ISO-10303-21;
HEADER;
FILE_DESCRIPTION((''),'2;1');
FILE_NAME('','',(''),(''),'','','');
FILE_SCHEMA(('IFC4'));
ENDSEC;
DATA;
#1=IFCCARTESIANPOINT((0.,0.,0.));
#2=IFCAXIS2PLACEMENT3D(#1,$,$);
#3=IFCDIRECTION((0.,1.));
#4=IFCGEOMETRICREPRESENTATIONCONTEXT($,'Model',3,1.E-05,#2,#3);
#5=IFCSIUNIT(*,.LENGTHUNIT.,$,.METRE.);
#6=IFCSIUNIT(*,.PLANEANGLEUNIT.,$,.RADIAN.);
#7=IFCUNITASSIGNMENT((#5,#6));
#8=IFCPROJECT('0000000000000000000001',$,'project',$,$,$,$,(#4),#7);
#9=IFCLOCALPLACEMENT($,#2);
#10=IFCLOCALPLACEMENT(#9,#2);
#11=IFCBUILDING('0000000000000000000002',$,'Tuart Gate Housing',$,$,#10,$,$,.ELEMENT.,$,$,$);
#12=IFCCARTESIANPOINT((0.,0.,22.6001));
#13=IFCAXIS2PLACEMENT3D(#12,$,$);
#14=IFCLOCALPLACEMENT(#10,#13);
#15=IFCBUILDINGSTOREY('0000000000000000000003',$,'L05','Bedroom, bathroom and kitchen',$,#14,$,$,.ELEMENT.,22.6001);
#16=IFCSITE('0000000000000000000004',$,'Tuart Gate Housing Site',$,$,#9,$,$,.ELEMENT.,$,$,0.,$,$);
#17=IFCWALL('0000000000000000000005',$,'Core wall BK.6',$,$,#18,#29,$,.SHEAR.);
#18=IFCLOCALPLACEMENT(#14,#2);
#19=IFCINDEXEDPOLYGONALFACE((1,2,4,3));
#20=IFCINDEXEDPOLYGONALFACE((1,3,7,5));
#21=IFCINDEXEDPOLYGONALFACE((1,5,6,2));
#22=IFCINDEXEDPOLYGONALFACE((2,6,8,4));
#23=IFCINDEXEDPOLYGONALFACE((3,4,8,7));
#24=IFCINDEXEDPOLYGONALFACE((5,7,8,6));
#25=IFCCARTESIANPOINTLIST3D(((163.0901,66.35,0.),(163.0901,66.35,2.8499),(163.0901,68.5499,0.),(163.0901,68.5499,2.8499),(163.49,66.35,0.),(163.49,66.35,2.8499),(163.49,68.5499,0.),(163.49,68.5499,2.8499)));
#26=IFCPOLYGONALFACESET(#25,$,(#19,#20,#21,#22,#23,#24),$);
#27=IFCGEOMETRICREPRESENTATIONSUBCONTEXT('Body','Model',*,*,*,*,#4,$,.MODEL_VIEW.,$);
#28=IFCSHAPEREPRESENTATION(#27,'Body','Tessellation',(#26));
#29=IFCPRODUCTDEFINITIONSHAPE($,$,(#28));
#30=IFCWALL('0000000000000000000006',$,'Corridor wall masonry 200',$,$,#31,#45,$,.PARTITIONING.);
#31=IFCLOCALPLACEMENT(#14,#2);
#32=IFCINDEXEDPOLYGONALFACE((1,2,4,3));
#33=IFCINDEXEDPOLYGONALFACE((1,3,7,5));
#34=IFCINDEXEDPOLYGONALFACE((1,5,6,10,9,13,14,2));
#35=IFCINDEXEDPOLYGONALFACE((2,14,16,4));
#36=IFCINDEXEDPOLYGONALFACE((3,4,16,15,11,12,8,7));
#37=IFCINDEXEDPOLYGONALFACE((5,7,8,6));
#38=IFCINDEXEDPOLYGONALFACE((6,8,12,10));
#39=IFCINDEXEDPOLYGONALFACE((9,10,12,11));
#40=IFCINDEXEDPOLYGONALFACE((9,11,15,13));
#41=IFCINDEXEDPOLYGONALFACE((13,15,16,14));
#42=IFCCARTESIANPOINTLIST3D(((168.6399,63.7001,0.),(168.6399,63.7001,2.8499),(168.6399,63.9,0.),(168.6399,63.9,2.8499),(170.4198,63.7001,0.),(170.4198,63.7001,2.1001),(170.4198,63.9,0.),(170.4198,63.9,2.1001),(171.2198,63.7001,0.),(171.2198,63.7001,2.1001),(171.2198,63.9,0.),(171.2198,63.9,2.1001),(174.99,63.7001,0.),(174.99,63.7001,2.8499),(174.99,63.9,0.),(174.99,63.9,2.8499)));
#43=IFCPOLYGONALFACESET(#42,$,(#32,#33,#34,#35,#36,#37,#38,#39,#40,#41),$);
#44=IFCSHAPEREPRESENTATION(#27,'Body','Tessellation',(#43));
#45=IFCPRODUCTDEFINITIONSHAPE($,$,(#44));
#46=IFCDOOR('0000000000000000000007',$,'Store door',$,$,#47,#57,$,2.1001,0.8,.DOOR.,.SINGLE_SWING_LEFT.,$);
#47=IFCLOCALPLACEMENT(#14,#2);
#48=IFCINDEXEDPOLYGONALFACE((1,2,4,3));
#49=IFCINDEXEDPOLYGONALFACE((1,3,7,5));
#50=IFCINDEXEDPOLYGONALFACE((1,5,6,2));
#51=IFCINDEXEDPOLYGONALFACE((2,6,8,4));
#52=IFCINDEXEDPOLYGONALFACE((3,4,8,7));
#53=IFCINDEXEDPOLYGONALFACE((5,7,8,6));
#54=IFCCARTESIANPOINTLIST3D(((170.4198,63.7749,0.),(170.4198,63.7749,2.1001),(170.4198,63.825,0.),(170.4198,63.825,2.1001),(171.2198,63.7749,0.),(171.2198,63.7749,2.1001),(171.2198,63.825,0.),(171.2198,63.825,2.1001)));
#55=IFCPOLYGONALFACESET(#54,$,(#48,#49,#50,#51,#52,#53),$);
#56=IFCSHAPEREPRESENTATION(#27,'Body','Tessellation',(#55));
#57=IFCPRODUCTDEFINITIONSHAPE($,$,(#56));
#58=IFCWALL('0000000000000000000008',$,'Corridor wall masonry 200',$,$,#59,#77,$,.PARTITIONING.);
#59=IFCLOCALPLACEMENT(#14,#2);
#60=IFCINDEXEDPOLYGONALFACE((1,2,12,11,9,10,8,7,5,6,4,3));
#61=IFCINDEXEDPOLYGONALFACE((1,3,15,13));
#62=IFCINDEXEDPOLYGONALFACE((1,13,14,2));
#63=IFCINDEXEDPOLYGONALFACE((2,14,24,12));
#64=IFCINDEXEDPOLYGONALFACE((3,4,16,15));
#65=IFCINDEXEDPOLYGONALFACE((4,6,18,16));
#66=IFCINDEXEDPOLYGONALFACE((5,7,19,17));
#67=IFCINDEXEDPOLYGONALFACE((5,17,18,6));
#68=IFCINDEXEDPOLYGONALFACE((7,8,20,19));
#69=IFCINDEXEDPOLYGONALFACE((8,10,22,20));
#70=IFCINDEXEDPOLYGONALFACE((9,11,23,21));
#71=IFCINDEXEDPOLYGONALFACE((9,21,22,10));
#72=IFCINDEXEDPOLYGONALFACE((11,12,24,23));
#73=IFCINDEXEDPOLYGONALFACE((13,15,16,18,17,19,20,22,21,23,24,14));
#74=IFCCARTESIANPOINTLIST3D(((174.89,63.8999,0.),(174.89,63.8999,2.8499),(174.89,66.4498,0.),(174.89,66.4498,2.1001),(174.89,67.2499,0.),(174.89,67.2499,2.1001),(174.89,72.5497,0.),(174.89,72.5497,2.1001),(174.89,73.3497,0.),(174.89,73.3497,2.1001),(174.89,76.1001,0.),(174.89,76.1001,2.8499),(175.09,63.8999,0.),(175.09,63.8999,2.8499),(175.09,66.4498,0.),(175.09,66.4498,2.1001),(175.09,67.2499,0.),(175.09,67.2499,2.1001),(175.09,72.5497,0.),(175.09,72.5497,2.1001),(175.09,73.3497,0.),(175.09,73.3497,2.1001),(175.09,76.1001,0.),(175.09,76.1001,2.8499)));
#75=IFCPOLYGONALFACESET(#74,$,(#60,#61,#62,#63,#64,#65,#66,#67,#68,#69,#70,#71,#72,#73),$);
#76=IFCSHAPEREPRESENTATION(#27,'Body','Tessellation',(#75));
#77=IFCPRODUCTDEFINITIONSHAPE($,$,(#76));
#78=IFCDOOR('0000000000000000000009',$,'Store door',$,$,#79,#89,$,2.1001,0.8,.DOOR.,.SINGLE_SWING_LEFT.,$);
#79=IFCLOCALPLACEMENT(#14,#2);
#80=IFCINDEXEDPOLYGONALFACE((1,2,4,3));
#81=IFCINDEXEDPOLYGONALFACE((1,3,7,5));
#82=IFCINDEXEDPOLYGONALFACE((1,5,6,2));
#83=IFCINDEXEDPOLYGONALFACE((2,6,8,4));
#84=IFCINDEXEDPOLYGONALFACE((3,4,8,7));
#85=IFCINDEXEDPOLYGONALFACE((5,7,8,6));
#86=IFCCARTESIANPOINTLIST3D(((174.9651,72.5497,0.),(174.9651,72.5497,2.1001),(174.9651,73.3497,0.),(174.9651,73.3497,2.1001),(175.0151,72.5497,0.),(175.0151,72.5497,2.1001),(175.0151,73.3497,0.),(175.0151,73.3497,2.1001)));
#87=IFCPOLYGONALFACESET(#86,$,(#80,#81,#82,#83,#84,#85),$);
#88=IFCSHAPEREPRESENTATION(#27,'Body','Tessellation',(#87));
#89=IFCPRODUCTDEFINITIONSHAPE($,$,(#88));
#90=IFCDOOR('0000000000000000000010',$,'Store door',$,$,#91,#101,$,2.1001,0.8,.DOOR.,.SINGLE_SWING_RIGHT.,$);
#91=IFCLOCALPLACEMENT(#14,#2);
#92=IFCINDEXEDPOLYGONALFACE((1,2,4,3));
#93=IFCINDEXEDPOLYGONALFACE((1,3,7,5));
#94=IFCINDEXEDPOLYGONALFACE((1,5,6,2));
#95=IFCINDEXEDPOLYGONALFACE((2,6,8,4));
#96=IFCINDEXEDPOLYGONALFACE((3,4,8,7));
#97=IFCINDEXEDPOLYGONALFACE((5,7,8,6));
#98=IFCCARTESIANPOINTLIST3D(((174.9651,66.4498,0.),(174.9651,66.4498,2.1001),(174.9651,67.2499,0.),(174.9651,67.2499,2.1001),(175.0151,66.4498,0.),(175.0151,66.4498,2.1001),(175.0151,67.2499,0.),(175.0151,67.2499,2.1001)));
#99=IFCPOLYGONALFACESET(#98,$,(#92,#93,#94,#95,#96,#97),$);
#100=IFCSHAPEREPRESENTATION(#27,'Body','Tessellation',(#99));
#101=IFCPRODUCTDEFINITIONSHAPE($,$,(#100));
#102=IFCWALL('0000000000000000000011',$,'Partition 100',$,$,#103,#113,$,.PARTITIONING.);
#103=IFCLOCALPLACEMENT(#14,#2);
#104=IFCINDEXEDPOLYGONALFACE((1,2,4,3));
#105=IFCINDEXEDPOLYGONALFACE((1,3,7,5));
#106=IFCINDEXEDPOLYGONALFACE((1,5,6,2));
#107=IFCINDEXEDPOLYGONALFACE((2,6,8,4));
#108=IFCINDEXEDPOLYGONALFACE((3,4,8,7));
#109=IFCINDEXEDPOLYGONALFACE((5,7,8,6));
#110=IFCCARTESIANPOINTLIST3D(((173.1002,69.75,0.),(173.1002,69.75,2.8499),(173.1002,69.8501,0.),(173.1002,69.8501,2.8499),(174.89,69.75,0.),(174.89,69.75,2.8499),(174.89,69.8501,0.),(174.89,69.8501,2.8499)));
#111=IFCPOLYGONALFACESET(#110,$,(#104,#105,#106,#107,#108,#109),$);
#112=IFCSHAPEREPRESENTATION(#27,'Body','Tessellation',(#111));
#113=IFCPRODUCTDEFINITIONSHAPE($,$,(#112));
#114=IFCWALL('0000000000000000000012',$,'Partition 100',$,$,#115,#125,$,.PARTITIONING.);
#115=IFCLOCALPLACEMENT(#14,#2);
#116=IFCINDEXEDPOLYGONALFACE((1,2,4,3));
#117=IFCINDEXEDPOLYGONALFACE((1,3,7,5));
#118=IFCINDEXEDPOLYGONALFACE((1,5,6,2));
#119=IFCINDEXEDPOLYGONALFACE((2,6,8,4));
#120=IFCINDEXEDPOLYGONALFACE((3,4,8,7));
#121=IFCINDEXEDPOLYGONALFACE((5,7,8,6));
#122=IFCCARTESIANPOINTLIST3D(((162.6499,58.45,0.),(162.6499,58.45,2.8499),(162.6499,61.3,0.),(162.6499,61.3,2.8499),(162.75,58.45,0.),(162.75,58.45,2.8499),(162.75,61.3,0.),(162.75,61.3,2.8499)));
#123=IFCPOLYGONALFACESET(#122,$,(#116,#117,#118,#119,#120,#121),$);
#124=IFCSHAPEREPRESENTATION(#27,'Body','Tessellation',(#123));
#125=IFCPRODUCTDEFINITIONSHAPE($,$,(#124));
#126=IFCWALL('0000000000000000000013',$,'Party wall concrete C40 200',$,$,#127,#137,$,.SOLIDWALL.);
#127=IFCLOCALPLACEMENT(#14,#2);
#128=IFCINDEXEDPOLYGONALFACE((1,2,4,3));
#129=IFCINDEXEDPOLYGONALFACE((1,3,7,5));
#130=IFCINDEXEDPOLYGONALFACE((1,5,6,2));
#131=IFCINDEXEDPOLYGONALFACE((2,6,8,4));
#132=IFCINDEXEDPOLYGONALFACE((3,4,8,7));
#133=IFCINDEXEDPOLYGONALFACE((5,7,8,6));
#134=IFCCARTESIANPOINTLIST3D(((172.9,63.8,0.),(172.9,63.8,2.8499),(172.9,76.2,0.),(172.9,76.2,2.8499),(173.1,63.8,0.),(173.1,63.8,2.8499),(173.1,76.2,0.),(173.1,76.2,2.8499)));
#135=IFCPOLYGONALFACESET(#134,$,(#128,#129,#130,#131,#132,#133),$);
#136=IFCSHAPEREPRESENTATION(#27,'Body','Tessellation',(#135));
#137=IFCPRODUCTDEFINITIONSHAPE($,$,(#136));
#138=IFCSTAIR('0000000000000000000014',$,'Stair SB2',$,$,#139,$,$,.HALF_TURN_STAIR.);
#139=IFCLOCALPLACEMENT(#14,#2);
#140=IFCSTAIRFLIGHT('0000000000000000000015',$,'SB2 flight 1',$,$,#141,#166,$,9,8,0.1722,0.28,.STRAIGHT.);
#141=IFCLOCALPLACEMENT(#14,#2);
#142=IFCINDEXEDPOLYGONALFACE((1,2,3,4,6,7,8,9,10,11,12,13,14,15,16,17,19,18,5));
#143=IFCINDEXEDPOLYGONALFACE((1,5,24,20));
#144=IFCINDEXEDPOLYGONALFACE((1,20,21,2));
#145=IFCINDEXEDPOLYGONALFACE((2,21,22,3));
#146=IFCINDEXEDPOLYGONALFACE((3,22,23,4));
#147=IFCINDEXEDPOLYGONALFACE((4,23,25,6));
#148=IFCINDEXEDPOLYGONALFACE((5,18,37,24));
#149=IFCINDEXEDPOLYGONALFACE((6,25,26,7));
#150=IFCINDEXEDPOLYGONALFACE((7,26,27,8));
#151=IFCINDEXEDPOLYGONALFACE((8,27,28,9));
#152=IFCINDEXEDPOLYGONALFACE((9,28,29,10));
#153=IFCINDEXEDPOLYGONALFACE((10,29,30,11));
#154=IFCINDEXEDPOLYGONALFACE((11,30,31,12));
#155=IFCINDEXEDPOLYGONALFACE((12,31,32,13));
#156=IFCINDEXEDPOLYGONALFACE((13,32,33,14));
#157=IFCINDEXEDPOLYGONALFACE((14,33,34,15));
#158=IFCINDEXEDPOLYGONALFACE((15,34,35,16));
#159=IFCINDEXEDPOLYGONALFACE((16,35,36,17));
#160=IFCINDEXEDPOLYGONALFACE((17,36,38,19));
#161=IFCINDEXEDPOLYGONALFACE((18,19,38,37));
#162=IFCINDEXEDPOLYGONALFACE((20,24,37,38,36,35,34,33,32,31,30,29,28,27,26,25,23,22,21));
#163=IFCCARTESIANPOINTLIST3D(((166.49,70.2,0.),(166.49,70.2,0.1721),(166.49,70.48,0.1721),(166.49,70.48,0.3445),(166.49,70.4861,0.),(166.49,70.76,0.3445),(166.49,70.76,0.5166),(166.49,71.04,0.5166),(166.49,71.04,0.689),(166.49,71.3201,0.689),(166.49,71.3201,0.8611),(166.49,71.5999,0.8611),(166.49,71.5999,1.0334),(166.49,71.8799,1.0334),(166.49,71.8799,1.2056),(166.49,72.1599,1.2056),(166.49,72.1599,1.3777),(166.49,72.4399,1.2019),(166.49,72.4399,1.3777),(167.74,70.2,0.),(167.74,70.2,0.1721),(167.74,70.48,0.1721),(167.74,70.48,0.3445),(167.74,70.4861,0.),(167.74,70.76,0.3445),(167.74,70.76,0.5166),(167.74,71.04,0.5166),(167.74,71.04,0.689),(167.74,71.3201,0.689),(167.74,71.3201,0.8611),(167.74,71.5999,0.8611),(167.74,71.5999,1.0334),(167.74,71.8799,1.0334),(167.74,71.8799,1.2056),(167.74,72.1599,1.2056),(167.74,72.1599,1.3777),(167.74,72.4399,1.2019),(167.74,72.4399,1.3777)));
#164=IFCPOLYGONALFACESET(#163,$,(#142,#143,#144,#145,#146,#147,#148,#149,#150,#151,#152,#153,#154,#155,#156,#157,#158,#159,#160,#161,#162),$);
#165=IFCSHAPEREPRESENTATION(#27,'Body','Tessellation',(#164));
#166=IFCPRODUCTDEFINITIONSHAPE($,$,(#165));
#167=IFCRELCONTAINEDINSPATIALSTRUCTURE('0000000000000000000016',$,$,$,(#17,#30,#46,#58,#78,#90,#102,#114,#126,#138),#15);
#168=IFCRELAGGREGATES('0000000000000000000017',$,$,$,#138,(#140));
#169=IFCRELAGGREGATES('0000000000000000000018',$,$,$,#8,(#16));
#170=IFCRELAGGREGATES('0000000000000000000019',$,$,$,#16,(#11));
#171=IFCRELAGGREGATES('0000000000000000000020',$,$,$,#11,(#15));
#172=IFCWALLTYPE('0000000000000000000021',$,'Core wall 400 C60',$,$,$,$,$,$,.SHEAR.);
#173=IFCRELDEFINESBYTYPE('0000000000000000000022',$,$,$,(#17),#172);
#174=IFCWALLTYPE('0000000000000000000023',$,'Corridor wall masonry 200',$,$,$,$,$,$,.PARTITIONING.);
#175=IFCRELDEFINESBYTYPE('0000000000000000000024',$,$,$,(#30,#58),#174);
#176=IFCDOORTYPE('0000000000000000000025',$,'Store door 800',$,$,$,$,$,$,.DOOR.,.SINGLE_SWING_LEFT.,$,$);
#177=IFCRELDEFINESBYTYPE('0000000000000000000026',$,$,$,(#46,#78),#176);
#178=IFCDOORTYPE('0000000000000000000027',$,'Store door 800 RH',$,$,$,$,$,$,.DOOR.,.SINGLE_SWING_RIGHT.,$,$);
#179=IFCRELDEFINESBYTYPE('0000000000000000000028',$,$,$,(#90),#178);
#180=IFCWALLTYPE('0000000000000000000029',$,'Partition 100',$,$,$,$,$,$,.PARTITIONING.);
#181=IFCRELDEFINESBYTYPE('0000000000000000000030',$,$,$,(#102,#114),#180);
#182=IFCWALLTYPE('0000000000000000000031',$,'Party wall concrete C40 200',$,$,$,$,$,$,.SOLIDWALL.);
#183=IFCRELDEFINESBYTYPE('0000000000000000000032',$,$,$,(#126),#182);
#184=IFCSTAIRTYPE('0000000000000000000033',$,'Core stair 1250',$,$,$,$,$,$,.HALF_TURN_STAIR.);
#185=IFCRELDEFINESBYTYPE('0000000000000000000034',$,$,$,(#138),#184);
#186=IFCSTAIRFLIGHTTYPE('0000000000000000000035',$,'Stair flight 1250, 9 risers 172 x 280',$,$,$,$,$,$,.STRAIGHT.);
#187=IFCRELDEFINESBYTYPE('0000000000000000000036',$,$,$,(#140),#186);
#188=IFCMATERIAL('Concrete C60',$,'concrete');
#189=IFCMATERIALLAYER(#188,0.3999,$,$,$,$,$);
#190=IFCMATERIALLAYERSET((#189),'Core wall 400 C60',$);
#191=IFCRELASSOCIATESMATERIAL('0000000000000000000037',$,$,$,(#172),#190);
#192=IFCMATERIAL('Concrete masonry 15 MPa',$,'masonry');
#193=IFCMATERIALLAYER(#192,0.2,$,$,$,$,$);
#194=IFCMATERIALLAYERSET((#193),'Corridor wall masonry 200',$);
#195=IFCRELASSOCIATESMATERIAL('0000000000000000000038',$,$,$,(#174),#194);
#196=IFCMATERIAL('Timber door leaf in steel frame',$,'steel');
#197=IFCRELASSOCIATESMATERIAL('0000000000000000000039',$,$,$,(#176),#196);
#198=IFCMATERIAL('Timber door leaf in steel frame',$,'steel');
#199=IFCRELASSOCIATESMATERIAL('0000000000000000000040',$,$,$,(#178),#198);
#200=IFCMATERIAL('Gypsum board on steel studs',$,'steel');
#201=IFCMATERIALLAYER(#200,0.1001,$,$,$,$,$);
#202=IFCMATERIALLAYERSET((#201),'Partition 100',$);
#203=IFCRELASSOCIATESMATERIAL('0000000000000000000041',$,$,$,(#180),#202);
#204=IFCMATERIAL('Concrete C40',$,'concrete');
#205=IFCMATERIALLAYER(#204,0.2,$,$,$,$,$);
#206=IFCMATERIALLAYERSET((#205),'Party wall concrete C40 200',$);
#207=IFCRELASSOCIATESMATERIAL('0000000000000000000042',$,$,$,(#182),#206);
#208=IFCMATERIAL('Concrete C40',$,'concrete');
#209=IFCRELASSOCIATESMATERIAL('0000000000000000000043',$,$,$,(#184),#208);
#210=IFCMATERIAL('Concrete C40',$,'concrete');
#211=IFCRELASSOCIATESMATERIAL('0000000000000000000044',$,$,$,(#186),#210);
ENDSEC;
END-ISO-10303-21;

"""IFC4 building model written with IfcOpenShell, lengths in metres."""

from ifc_helpers import new_model, si_unit, direction, frame, frame_2d, origin, place, context, subcontext, project, spatial, polyline, rectangle, outline, extrude, material, layer, layer_set, type_object, element, fill, aggregate, save


model = new_model("IFC4")

# Units and contexts
model_context = context("Model", 3, precision=1e-05, world=origin(), true_north=direction((0.0, 1.0)))
body_context = subcontext(model_context, "Body", "Model", "MODEL_VIEW")
ifc_project = project(units=[si_unit("LENGTHUNIT", "METRE"), si_unit("PLANEANGLEUNIT", "RADIAN")], contexts=[model_context])

# Site, building, storey
site_placement = place(None, origin())
site = spatial("IfcSite", under=ifc_project, at=site_placement, Name="Tuart Gate Housing Site", CompositionType="ELEMENT", RefElevation=0.0)
building_placement = place(site_placement, origin())
building = spatial("IfcBuilding", under=site, at=building_placement, Name="Tuart Gate Housing", CompositionType="ELEMENT")
storey_placement = place(building_placement, frame((0.0, 0.0, 22.6001)))
storey = spatial("IfcBuildingStorey", under=building, at=storey_placement, Name="L05", Description="Bedroom, bathroom and kitchen", CompositionType="ELEMENT", Elevation=22.6001)

# Wall
ifc_material_1 = material(Name="Concrete C60", Category="concrete")
ifc_layer_1 = layer(ifc_material_1, 0.3999)
ifc_layer_set_1 = layer_set([ifc_layer_1], Name="Core wall 400 C60")
wall_type_1 = type_object("IfcWallType", Name="Core wall 400 C60", PredefinedType="SHEAR", material=ifc_layer_set_1)
wall_1_placement = place(storey_placement, frame((163.29, 68.55, 0.0), z_axis=(0.0, 0.0, 1.0), x_axis=(0.0, -1.0, 0.0)))
element("IfcWall", 1, at=wall_1_placement, inside=storey, type_object=wall_type_1, Name="Core wall BK.6", PredefinedType="SHEAR", context=body_context, shape_type="SweptSolid", body=[
    extrude(rectangle(XDim=2.2, YDim=0.3999, at=frame_2d((1.1001, 0.0))), origin(), (0.0, 0.0, 1.0), 2.8499),
])

# Wall, opening, door
ifc_material_2 = material(Name="Concrete masonry 15 MPa", Category="masonry")
ifc_layer_2 = layer(ifc_material_2, 0.2)
ifc_layer_set_2 = layer_set([ifc_layer_2], Name="Corridor wall masonry 200")
wall_type_2 = type_object("IfcWallType", Name="Corridor wall masonry 200", PredefinedType="PARTITIONING", material=ifc_layer_set_2)
wall_2_placement = place(storey_placement, frame((168.6399, 63.8, 0.0), z_axis=(0.0, 0.0, 1.0), x_axis=(1.0, 0.0, 0.0)))
wall_2 = element("IfcWall", 2, at=wall_2_placement, inside=storey, type_object=wall_type_2, Name="Corridor wall masonry 200", PredefinedType="PARTITIONING", context=body_context, shape_type="SweptSolid", body=[
    extrude(rectangle(XDim=6.3501, YDim=0.2, at=frame_2d((3.175, 0.0))), origin(), (0.0, 0.0, 1.0), 2.8499),
])
opening_1_placement = place(wall_2_placement, frame((1.78, 0.0, 0.0)))
opening_1 = element("IfcOpeningElement", 3, at=opening_1_placement, cuts=wall_2, PredefinedType="OPENING", context=body_context, shape_type="SweptSolid", body=[
    extrude(rectangle(XDim=0.8, YDim=2.1001, at=frame_2d((0.3999, 1.05))), frame((0.0, 0.1099, 0.0), z_axis=(0.0, -1.0, 0.0), x_axis=(1.0, 0.0, 0.0)), (0.0, 0.0, 1.0), 0.22),
])
ifc_material_3 = material(Name="Timber door leaf in steel frame", Category="steel")
door_type_1 = type_object("IfcDoorType", Name="Store door 800", OperationType="SINGLE_SWING_LEFT", PredefinedType="DOOR", material=ifc_material_3)
door_1_placement = place(opening_1_placement, origin())
door_1 = element("IfcDoor", 4, at=door_1_placement, inside=storey, type_object=door_type_1, Name="Store door", OperationType="SINGLE_SWING_LEFT", OverallHeight=2.1001, OverallWidth=0.8, PredefinedType="DOOR", context=body_context, shape_type="SweptSolid", body=[
    extrude(rectangle(XDim=0.8, YDim=2.1001, at=frame_2d((0.3999, 1.05))), frame((0.0, 0.0249, 0.0), z_axis=(0.0, -1.0, 0.0), x_axis=(1.0, 0.0, 0.0)), (0.0, 0.0, 1.0), 0.05),
])
fill(opening_1, door_1)

# Wall, openings, doors
wall_3_placement = place(storey_placement, frame((174.99, 63.8999, 0.0), z_axis=(0.0, 0.0, 1.0), x_axis=(0.0, 1.0, 0.0)))
wall_3 = element("IfcWall", 5, at=wall_3_placement, inside=storey, type_object=wall_type_2, Name="Corridor wall masonry 200", PredefinedType="PARTITIONING", context=body_context, shape_type="SweptSolid", body=[
    extrude(rectangle(XDim=12.2002, YDim=0.2, at=frame_2d((6.1001, 0.0))), origin(), (0.0, 0.0, 1.0), 2.8499),
])
opening_2_placement = place(wall_3_placement, frame((2.55, 0.0, 0.0)))
opening_2 = element("IfcOpeningElement", 6, at=opening_2_placement, cuts=wall_3, PredefinedType="OPENING", context=body_context, shape_type="SweptSolid", body=[
    extrude(rectangle(XDim=0.8, YDim=2.1001, at=frame_2d((0.3999, 1.05))), frame((0.0, 0.1099, 0.0), z_axis=(0.0, -1.0, 0.0), x_axis=(1.0, 0.0, 0.0)), (0.0, 0.0, 1.0), 0.22),
])
opening_3_placement = place(wall_3_placement, frame((8.6499, 0.0, 0.0)))
opening_3 = element("IfcOpeningElement", 7, at=opening_3_placement, cuts=wall_3, PredefinedType="OPENING", context=body_context, shape_type="SweptSolid", body=[
    extrude(rectangle(XDim=0.8, YDim=2.1001, at=frame_2d((0.3999, 1.05))), frame((0.0, 0.1099, 0.0), z_axis=(0.0, -1.0, 0.0), x_axis=(1.0, 0.0, 0.0)), (0.0, 0.0, 1.0), 0.22),
])
door_2_placement = place(opening_3_placement, origin())
door_2 = element("IfcDoor", 8, at=door_2_placement, inside=storey, type_object=door_type_1, Name="Store door", OperationType="SINGLE_SWING_LEFT", OverallHeight=2.1001, OverallWidth=0.8, PredefinedType="DOOR", context=body_context, shape_type="SweptSolid", body=[
    extrude(rectangle(XDim=0.8, YDim=2.1001, at=frame_2d((0.3999, 1.05))), frame((0.0, 0.0249, 0.0), z_axis=(0.0, -1.0, 0.0), x_axis=(1.0, 0.0, 0.0)), (0.0, 0.0, 1.0), 0.05),
])
fill(opening_3, door_2)
ifc_material_4 = material(Name="Timber door leaf in steel frame", Category="steel")
door_type_2 = type_object("IfcDoorType", Name="Store door 800 RH", OperationType="SINGLE_SWING_RIGHT", PredefinedType="DOOR", material=ifc_material_4)
door_3_placement = place(opening_2_placement, origin())
door_3 = element("IfcDoor", 9, at=door_3_placement, inside=storey, type_object=door_type_2, Name="Store door", OperationType="SINGLE_SWING_RIGHT", OverallHeight=2.1001, OverallWidth=0.8, PredefinedType="DOOR", context=body_context, shape_type="SweptSolid", body=[
    extrude(rectangle(XDim=0.8, YDim=2.1001, at=frame_2d((0.3999, 1.05))), frame((0.0, 0.0249, 0.0), z_axis=(0.0, -1.0, 0.0), x_axis=(1.0, 0.0, 0.0)), (0.0, 0.0, 1.0), 0.05),
])
fill(opening_2, door_3)

# Walls
ifc_material_5 = material(Name="Gypsum board on steel studs", Category="steel")
ifc_layer_3 = layer(ifc_material_5, 0.1001)
ifc_layer_set_3 = layer_set([ifc_layer_3], Name="Partition 100")
wall_type_3 = type_object("IfcWallType", Name="Partition 100", PredefinedType="PARTITIONING", material=ifc_layer_set_3)
wall_4_placement = place(storey_placement, frame((173.1001, 69.8, 0.0), z_axis=(0.0, 0.0, 1.0), x_axis=(1.0, 0.0, 0.0)))
element("IfcWall", 10, at=wall_4_placement, inside=storey, type_object=wall_type_3, Name="Partition 100", PredefinedType="PARTITIONING", context=body_context, shape_type="SweptSolid", body=[
    extrude(rectangle(XDim=1.7898, YDim=0.1001, at=frame_2d((0.895, 0.0))), origin(), (0.0, 0.0, 1.0), 2.8499),
])
wall_5_placement = place(storey_placement, frame((162.7, 58.45, 0.0), z_axis=(0.0, 0.0, 1.0), x_axis=(0.0, 1.0, 0.0)))
element("IfcWall", 11, at=wall_5_placement, inside=storey, type_object=wall_type_3, Name="Partition 100", PredefinedType="PARTITIONING", context=body_context, shape_type="SweptSolid", body=[
    extrude(rectangle(XDim=2.8501, YDim=0.1001, at=frame_2d((1.425, 0.0))), origin(), (0.0, 0.0, 1.0), 2.8499),
])
ifc_material_6 = material(Name="Concrete C40", Category="concrete")
ifc_layer_4 = layer(ifc_material_6, 0.2)
ifc_layer_set_4 = layer_set([ifc_layer_4], Name="Party wall concrete C40 200")
wall_type_4 = type_object("IfcWallType", Name="Party wall concrete C40 200", PredefinedType="SOLIDWALL", material=ifc_layer_set_4)
wall_6_placement = place(storey_placement, frame((173.0, 63.8, 0.0), z_axis=(0.0, 0.0, 1.0), x_axis=(0.0, 1.0, 0.0)))
element("IfcWall", 12, at=wall_6_placement, inside=storey, type_object=wall_type_4, Name="Party wall concrete C40 200", PredefinedType="SOLIDWALL", context=body_context, shape_type="SweptSolid", body=[
    extrude(rectangle(XDim=12.3999, YDim=0.2, at=frame_2d((6.2, 0.0))), origin(), (0.0, 0.0, 1.0), 2.8499),
])

# Stair, stair flight
ifc_material_7 = material(Name="Concrete C40", Category="concrete")
stair_type = type_object("IfcStairType", Name="Core stair 1250", PredefinedType="HALF_TURN_STAIR", material=ifc_material_7)
stair_placement = place(storey_placement, origin())
stair = element("IfcStair", 13, at=stair_placement, inside=storey, type_object=stair_type, Name="Stair SB2", PredefinedType="HALF_TURN_STAIR")
ifc_material_8 = material(Name="Concrete C40", Category="concrete")
stair_flight_type = type_object("IfcStairFlightType", Name="Stair flight 1250, 9 risers 172 x 280", PredefinedType="STRAIGHT", material=ifc_material_8)
stair_flight_placement = place(storey_placement, frame((167.115, 70.2, 0.0), z_axis=(0.0, 0.0, 1.0), x_axis=(0.0, 1.0, 0.0)))
stair_flight = element("IfcStairFlight", 14, at=stair_flight_placement, type_object=stair_flight_type, Name="SB2 flight 1", NumberOfRisers=9, NumberOfTreads=8, PredefinedType="STRAIGHT", RiserHeight=0.1722, TreadLength=0.28, context=body_context, shape_type="SweptSolid", body=[
    extrude(outline(polyline([(0.0, 0.0), (0.0, 0.1721), (0.28, 0.1721), (0.28, 0.3445), (0.5601, 0.3445), (0.5601, 0.5166), (0.8401, 0.5166), (0.8401, 0.689), (1.1201, 0.689), (1.1201, 0.8611), (1.3999, 0.8611), (1.3999, 1.0334), (1.6799, 1.0334), (1.6799, 1.2056), (1.96, 1.2056), (1.96, 1.3777), (2.24, 1.3777), (2.24, 1.55), (2.24, 1.2019), (0.2861, 0.0), (0.0, 0.0)])), frame((0.0, 0.625, 0.0), z_axis=(0.0, -1.0, 0.0), x_axis=(1.0, 0.0, 0.0)), (0.0, 0.0, 1.0), 1.25),
])
aggregate(stair, [stair_flight])

save(model, "model.ifc")
